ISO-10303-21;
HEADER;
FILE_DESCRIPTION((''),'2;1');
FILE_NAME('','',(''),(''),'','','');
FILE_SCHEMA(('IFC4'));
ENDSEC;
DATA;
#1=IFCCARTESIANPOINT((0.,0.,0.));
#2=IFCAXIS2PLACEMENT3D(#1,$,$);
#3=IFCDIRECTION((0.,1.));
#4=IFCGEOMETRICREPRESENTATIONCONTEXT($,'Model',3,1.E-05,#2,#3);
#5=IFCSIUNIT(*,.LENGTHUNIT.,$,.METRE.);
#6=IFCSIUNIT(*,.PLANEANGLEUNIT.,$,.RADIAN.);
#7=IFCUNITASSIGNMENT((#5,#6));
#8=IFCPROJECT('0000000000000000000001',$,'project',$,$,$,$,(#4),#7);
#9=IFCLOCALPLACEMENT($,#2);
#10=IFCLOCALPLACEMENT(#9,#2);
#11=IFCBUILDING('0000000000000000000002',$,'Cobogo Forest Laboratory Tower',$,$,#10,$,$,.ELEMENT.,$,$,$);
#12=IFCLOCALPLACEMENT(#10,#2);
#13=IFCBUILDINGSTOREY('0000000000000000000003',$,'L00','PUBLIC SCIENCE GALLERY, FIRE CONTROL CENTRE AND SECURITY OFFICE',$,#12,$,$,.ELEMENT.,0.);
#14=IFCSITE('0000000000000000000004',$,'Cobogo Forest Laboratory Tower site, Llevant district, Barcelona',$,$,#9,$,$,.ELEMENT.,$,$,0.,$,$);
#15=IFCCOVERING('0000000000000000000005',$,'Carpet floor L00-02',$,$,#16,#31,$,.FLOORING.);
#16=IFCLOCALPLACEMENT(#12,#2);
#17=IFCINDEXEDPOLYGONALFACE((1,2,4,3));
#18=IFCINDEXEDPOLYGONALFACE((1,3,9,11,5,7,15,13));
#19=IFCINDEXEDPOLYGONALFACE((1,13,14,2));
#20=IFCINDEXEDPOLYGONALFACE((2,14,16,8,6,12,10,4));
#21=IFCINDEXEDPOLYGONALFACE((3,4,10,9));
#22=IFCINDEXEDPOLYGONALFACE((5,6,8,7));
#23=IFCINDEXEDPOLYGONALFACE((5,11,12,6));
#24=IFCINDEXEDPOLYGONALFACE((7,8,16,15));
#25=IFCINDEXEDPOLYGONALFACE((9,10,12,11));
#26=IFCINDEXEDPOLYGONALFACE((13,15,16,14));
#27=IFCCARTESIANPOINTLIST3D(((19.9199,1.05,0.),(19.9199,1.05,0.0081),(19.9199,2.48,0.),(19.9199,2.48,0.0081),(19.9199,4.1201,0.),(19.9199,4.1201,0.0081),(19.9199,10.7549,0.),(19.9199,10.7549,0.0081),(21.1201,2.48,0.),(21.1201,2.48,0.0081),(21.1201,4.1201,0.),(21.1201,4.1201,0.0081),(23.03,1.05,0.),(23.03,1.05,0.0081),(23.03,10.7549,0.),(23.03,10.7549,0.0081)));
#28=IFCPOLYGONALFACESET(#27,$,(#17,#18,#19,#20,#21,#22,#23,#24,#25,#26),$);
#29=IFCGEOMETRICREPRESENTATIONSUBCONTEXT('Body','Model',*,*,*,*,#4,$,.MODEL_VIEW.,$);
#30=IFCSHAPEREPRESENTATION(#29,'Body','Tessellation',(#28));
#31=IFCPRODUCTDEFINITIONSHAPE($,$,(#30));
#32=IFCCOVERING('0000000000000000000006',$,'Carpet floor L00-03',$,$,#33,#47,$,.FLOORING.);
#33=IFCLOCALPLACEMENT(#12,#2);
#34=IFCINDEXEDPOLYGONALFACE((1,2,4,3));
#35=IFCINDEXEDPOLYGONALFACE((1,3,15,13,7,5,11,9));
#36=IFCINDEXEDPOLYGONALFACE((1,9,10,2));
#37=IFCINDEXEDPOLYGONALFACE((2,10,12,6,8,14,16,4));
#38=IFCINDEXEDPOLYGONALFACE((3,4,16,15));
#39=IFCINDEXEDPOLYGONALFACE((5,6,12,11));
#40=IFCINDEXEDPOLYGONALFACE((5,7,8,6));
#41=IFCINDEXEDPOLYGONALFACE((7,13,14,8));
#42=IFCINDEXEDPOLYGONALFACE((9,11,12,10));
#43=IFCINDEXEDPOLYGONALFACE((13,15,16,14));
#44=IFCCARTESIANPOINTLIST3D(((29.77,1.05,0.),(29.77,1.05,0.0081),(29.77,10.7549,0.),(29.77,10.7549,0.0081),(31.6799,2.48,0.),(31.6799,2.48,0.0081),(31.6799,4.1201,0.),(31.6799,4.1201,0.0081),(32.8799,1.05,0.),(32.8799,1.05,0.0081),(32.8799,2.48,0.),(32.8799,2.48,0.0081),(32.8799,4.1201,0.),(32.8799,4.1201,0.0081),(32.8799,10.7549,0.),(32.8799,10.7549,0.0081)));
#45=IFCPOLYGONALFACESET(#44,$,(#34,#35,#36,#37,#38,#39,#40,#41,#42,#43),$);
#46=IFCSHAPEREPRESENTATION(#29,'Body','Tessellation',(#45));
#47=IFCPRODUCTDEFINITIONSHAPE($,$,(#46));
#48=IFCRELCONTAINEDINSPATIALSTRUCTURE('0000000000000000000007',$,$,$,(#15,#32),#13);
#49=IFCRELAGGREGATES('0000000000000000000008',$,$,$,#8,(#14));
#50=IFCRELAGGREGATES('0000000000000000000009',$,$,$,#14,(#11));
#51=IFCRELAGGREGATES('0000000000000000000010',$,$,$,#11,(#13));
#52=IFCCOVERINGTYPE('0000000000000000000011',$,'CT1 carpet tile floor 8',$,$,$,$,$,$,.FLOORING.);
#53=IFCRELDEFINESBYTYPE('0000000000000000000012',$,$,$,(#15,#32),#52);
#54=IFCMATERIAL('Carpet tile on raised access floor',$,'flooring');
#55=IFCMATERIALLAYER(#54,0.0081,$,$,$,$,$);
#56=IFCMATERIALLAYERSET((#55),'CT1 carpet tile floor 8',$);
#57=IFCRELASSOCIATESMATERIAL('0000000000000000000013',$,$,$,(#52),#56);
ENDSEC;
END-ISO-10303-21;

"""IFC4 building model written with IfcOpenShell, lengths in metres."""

from ifc_helpers import new_model, si_unit, direction, origin, place, context, subcontext, project, spatial, polyline, outline, extrude, material, layer, layer_set, type_object, element, save


model = new_model("IFC4")

# Units and contexts
model_context = context("Model", 3, precision=1e-05, world=origin(), true_north=direction((0.0, 1.0)))
body_context = subcontext(model_context, "Body", "Model", "MODEL_VIEW")
ifc_project = project(units=[si_unit("LENGTHUNIT", "METRE"), si_unit("PLANEANGLEUNIT", "RADIAN")], contexts=[model_context])

# Site, building, storey
site_placement = place(None, origin())
site = spatial("IfcSite", under=ifc_project, at=site_placement, Name="Cobogo Forest Laboratory Tower site, Llevant district, Barcelona", CompositionType="ELEMENT", RefElevation=0.0)
building_placement = place(site_placement, origin())
building = spatial("IfcBuilding", under=site, at=building_placement, Name="Cobogo Forest Laboratory Tower", CompositionType="ELEMENT")
storey_placement = place(building_placement, origin())
storey = spatial("IfcBuildingStorey", under=building, at=storey_placement, Name="L00", Description="PUBLIC SCIENCE GALLERY, FIRE CONTROL CENTRE AND SECURITY OFFICE", CompositionType="ELEMENT", Elevation=0.0)

# Coverings
ifc_material_1 = material(Name="Carpet tile on raised access floor", Category="flooring")
ifc_layer_1 = layer(ifc_material_1, 0.0081)
ifc_layer_set_1 = layer_set([ifc_layer_1], Name="CT1 carpet tile floor 8")
covering_type_1 = type_object("IfcCoveringType", Name="CT1 carpet tile floor 8", PredefinedType="FLOORING", material=ifc_layer_set_1)
covering_1_placement = place(storey_placement, origin())
element("IfcCovering", 1, at=covering_1_placement, inside=storey, type_object=covering_type_1, Name="Carpet floor L00-02", PredefinedType="FLOORING", context=body_context, shape_type="SweptSolid", body=[
    extrude(outline(polyline([(23.03, 10.7549), (23.03, 1.05), (19.9199, 1.05), (19.9199, 2.48), (21.1201, 2.48), (21.1201, 4.1201), (19.9199, 4.1201), (19.9199, 10.7549), (23.03, 10.7549)])), origin(), (0.0, 0.0, 1.0), 0.0081),
])
covering_2_placement = place(storey_placement, origin())
element("IfcCovering", 2, at=covering_2_placement, inside=storey, type_object=covering_type_1, Name="Carpet floor L00-03", PredefinedType="FLOORING", context=body_context, shape_type="SweptSolid", body=[
    extrude(outline(polyline([(32.8799, 10.7549), (32.8799, 4.1201), (31.6799, 4.1201), (31.6799, 2.48), (32.8799, 2.48), (32.8799, 1.05), (29.77, 1.05), (29.77, 10.7549), (32.8799, 10.7549)])), origin(), (0.0, 0.0, 1.0), 0.0081),
])

save(model, "model.ifc")
